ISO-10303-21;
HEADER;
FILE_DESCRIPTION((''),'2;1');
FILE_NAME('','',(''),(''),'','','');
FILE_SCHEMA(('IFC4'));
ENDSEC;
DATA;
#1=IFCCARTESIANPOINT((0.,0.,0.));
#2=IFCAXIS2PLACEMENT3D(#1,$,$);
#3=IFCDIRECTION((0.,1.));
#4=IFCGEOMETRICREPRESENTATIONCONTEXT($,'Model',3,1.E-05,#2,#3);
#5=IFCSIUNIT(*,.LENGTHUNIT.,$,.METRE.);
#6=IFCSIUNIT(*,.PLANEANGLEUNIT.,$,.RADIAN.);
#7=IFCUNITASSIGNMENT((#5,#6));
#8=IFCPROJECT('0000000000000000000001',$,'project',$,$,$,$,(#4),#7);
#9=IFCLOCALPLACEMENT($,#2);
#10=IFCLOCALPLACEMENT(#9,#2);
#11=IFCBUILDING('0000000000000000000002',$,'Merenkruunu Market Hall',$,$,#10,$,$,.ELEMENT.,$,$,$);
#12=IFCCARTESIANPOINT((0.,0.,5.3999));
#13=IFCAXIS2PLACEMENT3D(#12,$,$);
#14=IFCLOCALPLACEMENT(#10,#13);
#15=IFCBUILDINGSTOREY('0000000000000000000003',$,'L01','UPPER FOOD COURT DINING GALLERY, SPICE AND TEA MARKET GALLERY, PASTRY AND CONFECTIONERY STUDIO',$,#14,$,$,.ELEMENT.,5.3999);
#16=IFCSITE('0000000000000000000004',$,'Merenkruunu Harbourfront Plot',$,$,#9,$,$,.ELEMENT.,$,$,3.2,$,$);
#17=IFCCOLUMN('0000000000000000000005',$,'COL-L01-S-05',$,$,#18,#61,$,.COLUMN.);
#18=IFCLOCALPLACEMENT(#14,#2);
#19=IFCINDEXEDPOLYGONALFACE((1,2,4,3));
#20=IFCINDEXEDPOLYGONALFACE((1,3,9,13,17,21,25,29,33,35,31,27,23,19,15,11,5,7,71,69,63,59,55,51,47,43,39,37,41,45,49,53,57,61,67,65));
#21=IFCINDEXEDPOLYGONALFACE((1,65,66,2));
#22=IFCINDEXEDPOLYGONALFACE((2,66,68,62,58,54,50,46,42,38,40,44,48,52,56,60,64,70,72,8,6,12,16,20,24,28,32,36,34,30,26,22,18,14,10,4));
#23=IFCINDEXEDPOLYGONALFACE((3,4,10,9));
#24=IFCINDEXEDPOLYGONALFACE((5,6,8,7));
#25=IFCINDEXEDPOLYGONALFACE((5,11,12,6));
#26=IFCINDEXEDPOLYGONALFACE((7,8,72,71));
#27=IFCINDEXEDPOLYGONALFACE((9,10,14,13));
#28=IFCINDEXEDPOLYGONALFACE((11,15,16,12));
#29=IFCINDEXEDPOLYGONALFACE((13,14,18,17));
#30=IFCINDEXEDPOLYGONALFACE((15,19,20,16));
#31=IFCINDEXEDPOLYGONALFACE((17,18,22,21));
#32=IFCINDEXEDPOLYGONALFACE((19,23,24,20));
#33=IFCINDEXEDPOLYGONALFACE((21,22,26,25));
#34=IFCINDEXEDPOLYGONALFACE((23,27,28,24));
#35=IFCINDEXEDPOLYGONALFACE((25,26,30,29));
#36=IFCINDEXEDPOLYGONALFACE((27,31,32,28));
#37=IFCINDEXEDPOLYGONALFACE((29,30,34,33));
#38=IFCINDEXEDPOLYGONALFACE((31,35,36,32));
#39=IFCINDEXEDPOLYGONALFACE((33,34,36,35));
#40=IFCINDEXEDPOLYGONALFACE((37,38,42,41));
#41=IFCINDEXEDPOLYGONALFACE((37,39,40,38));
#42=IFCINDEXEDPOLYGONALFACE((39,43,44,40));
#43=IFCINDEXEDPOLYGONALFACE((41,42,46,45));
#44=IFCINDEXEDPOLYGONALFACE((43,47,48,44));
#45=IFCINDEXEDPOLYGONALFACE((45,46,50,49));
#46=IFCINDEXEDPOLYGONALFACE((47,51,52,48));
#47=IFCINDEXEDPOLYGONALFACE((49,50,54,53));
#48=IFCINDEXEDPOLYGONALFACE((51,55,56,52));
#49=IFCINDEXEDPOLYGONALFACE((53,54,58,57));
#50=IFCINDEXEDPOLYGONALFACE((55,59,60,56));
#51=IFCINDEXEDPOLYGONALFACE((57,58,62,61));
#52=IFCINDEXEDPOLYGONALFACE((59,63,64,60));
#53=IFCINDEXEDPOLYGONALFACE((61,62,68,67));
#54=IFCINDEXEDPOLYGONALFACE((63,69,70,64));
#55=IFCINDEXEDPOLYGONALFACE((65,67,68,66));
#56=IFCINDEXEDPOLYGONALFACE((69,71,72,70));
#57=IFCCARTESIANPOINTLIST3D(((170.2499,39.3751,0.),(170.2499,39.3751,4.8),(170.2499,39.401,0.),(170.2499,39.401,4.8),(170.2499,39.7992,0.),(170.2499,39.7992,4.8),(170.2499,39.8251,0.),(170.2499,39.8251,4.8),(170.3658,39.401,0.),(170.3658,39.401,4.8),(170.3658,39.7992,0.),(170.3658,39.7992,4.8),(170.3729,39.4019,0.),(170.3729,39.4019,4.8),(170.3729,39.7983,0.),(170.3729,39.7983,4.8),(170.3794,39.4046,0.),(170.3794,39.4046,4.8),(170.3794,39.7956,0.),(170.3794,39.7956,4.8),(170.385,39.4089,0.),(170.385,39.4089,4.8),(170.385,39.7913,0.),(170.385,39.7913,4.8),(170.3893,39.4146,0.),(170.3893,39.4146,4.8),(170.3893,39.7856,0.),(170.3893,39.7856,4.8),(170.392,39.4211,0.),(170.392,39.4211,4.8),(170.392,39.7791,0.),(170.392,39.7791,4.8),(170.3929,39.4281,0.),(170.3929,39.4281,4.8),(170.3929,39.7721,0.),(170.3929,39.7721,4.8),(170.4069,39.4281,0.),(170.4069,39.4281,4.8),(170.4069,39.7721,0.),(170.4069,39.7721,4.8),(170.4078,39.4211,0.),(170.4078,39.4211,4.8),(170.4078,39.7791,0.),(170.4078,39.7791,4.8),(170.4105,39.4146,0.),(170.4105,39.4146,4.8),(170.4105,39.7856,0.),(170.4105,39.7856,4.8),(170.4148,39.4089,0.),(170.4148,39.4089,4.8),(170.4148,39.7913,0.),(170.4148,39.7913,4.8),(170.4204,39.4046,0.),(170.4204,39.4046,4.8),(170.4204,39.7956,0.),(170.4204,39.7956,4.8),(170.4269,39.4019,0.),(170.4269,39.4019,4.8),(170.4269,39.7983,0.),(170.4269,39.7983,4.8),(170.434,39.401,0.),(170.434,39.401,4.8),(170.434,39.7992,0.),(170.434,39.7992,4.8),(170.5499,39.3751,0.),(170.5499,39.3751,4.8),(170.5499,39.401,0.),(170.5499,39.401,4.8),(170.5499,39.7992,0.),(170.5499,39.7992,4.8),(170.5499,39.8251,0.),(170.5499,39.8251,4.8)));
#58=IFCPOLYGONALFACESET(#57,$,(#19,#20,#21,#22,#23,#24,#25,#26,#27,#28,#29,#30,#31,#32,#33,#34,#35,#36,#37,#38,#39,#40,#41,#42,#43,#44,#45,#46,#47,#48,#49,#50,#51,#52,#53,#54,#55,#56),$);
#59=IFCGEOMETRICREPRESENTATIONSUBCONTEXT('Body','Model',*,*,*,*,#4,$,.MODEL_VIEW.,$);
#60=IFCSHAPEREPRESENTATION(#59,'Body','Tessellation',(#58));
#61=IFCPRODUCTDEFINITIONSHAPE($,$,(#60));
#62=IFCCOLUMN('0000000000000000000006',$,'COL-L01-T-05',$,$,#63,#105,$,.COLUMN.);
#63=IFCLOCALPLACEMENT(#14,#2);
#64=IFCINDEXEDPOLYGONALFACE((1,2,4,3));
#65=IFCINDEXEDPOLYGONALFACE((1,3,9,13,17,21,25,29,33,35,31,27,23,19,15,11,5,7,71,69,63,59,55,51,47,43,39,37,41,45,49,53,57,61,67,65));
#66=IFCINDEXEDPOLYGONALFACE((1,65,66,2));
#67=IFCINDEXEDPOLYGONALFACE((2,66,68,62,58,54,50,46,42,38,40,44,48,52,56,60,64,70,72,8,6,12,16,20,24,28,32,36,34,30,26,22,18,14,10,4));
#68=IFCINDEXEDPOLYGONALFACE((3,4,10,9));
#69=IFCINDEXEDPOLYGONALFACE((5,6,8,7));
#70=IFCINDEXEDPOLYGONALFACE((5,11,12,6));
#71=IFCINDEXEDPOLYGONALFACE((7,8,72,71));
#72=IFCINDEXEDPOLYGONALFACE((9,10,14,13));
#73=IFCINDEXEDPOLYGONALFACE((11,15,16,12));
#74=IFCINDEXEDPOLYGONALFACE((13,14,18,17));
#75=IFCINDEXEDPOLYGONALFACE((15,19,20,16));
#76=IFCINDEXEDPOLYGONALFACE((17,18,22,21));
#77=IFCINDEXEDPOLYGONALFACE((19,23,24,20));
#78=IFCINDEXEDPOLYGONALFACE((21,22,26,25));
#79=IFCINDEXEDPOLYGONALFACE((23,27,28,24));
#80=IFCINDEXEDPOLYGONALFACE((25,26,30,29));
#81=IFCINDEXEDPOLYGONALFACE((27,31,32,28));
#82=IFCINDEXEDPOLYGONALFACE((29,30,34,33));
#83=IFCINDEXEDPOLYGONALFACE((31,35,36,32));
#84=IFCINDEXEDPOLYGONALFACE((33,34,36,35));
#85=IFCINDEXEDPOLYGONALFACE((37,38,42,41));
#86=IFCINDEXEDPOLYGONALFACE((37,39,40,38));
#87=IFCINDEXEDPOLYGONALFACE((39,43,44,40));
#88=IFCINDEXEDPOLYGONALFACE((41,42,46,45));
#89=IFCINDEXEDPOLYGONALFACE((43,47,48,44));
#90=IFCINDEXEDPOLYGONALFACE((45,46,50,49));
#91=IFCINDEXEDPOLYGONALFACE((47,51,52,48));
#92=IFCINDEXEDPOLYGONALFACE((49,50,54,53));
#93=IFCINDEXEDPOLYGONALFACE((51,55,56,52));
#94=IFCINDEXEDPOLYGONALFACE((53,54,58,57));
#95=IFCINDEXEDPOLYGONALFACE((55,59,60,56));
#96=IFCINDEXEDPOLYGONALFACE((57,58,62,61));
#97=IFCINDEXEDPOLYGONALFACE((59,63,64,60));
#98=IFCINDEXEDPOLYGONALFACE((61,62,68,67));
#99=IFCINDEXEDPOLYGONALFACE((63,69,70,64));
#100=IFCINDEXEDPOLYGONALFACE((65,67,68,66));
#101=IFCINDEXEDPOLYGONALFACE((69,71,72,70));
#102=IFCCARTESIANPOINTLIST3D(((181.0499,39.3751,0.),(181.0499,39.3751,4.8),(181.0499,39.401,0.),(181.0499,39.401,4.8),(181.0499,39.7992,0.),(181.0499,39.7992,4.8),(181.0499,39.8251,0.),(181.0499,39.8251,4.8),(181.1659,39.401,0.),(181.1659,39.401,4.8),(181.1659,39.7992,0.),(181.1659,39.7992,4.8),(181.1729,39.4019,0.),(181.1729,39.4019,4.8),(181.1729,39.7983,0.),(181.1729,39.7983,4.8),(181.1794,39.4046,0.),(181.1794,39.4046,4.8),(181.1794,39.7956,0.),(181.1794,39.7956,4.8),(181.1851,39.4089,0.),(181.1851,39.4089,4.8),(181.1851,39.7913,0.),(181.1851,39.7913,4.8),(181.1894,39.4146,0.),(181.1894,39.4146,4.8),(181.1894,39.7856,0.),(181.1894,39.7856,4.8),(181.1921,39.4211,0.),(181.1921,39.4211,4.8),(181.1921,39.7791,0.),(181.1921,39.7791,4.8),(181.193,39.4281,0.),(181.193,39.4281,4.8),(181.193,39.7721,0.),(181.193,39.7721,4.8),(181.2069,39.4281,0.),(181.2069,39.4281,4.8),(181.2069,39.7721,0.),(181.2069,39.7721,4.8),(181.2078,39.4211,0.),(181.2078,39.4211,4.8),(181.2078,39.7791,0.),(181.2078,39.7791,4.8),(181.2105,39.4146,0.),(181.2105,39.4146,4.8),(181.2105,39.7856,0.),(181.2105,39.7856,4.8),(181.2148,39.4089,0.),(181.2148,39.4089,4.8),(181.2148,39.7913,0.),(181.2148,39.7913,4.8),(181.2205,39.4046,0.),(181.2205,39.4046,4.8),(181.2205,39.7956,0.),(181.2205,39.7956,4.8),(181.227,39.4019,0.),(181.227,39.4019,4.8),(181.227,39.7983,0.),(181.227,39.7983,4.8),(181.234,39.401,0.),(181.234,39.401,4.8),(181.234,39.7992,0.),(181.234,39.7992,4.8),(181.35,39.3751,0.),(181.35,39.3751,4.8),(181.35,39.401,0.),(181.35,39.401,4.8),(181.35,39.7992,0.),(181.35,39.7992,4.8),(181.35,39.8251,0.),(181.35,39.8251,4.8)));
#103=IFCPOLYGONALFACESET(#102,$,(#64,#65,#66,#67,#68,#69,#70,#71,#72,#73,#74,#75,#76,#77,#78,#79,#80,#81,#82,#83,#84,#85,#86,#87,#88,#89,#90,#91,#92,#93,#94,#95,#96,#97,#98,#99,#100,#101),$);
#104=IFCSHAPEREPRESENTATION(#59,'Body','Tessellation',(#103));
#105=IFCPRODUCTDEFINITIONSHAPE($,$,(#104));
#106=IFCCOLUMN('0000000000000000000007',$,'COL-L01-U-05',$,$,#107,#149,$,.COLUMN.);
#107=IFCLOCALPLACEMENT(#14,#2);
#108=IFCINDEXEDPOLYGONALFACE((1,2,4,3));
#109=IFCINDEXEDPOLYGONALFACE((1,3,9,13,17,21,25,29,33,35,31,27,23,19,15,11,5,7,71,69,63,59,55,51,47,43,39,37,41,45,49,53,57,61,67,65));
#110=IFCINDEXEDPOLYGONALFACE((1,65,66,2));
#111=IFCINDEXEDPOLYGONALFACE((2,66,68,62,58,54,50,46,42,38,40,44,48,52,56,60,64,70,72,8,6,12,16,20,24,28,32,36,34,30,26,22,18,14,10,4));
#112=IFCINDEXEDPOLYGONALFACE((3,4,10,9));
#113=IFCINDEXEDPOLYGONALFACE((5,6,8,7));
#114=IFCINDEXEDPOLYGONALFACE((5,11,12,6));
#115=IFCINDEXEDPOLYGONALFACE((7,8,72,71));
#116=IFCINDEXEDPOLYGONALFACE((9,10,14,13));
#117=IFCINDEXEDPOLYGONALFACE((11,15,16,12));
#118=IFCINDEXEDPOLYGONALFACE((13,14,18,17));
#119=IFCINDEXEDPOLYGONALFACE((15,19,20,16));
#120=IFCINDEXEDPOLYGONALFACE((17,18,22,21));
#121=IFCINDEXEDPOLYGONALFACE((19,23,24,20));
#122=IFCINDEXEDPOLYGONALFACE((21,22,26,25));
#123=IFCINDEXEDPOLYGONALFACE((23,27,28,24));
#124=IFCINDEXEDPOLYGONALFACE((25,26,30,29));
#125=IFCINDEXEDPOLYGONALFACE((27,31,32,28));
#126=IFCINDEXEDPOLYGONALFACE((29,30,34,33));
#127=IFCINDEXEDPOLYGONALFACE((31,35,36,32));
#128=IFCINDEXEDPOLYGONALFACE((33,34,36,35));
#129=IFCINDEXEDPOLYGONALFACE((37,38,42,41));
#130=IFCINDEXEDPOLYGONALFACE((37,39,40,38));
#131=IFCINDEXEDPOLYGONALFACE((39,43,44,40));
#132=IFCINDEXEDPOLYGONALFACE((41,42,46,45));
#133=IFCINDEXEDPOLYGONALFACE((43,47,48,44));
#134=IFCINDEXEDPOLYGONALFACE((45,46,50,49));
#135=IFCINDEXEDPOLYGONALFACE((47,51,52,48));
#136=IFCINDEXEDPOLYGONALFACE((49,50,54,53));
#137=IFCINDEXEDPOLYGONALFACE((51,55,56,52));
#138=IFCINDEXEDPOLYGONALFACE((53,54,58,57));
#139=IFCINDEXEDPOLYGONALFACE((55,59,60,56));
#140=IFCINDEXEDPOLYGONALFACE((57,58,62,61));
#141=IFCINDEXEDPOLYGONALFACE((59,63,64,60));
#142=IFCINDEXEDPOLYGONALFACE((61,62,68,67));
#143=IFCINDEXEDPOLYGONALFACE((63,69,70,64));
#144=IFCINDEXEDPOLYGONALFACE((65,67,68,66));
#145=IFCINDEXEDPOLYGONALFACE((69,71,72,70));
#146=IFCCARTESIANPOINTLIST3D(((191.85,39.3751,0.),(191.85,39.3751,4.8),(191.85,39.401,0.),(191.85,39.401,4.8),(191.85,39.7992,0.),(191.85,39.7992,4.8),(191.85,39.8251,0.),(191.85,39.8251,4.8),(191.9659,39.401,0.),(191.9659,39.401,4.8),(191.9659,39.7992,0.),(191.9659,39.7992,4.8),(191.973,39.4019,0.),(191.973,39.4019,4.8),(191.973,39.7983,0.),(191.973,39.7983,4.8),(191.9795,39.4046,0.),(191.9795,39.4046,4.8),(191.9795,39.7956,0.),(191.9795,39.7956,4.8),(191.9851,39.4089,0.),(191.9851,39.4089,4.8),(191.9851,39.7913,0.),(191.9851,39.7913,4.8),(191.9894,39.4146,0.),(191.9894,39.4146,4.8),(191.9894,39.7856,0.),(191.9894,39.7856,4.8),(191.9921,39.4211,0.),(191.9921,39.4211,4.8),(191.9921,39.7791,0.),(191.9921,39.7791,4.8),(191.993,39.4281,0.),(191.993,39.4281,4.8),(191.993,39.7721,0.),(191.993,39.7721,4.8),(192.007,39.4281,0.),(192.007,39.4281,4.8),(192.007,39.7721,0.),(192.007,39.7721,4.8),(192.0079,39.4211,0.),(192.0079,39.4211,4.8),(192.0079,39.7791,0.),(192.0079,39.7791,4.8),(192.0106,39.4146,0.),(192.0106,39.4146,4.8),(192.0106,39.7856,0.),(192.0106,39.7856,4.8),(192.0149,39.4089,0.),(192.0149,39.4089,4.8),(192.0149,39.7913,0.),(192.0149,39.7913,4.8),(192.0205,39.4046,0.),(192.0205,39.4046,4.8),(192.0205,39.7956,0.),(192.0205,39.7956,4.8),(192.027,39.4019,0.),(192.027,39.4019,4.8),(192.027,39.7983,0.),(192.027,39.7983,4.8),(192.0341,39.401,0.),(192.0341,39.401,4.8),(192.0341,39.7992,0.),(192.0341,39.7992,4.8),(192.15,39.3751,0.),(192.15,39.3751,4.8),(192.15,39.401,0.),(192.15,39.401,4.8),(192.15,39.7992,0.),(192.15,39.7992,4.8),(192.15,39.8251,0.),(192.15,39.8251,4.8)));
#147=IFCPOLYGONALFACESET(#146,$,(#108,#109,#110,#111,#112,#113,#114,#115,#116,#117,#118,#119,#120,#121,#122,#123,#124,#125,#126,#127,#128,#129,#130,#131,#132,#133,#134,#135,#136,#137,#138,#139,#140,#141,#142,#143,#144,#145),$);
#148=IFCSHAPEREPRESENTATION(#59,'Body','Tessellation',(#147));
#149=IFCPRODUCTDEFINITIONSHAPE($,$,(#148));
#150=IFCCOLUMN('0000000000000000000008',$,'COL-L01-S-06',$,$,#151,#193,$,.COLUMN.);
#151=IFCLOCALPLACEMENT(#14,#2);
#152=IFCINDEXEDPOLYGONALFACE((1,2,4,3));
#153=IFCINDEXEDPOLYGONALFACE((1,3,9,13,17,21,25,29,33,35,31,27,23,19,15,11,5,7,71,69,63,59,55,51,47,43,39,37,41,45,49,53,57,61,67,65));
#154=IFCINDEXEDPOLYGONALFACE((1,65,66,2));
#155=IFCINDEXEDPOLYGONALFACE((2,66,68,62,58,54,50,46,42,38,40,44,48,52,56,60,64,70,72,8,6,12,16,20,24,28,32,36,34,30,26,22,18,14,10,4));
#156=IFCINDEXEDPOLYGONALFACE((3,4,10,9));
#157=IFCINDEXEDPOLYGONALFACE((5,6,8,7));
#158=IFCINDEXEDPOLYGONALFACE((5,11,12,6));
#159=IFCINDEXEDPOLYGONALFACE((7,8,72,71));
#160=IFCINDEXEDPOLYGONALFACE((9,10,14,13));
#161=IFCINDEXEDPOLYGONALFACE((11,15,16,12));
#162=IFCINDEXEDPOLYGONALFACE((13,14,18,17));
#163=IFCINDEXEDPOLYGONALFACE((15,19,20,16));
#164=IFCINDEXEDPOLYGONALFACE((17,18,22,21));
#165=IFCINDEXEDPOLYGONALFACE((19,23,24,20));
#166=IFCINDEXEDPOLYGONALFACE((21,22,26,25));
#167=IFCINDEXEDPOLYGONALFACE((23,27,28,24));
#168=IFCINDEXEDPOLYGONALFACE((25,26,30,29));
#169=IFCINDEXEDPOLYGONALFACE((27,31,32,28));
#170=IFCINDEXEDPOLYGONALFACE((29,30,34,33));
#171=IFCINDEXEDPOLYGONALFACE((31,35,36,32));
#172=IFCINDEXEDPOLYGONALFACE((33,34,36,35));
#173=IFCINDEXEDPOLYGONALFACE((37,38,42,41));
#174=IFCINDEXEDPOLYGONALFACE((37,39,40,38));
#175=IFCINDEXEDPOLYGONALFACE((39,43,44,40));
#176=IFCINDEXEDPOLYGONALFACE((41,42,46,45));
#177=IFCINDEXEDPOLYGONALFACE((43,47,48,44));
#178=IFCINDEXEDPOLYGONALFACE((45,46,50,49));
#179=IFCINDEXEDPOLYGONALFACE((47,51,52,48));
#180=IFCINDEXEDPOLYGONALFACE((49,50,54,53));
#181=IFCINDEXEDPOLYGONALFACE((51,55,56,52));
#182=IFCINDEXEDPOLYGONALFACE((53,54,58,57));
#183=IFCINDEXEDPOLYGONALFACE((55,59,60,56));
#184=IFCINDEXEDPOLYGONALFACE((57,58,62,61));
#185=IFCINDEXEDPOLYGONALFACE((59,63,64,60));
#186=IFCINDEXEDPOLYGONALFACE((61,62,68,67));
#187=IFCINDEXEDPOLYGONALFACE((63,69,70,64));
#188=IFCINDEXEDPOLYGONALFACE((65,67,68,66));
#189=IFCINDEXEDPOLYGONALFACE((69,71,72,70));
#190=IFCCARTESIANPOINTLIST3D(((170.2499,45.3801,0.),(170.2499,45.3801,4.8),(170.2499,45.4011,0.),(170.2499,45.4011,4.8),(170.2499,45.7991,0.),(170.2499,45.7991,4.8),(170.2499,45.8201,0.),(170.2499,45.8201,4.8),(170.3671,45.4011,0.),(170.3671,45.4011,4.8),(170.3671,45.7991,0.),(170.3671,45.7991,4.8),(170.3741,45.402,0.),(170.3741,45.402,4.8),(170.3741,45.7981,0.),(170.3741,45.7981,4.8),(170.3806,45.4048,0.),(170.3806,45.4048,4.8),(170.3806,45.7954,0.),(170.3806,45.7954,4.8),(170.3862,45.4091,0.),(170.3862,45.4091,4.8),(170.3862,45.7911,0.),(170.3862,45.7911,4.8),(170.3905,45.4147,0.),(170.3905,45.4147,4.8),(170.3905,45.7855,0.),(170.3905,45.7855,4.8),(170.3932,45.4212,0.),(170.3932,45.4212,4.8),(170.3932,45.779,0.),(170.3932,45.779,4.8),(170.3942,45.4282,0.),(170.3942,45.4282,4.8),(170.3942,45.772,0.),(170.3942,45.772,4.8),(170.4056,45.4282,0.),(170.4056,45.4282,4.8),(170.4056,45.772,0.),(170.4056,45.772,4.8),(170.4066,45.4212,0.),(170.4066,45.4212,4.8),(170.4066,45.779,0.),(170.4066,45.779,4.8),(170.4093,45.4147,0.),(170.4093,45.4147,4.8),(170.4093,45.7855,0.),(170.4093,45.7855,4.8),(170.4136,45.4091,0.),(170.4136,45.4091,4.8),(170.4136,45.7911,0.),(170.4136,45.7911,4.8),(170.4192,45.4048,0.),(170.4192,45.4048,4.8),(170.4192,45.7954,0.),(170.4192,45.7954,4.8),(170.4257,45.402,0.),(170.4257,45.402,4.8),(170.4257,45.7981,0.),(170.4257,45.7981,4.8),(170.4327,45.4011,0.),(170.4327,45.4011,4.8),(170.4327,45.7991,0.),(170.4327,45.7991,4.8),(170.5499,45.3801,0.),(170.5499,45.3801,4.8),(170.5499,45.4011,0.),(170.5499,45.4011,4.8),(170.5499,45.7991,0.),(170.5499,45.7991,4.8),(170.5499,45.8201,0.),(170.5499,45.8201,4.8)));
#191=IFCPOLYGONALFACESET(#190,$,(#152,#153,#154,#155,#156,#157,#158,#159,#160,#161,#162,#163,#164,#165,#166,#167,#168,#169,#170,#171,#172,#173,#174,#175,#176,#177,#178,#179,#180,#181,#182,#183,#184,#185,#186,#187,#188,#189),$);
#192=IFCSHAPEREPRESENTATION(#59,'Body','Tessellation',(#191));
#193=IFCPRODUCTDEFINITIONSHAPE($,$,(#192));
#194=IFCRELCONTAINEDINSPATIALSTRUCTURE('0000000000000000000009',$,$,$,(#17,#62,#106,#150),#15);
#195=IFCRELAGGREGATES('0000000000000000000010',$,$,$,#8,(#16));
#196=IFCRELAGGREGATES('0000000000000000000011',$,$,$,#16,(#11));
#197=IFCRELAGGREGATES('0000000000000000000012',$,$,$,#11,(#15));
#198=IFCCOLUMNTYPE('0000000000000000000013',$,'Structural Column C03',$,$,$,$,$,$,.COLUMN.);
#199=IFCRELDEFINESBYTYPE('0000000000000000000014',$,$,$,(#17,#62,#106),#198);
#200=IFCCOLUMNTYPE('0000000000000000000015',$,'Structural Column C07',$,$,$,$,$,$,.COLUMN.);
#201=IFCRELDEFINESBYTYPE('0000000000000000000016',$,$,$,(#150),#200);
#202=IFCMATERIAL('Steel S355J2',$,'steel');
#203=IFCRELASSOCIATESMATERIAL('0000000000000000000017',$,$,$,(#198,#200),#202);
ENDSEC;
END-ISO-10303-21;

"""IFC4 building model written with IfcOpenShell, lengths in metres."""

from ifc_helpers import new_model, si_unit, direction, frame, origin, origin_2d, place, context, subcontext, project, spatial, i_section, extrude, material, material_profile, profile_set, type_object, element, save


model = new_model("IFC4")

# Units and contexts
model_context = context("Model", 3, precision=1e-05, world=origin(), true_north=direction((0.0, 1.0)))
body_context = subcontext(model_context, "Body", "Model", "MODEL_VIEW")
ifc_project = project(units=[si_unit("LENGTHUNIT", "METRE"), si_unit("PLANEANGLEUNIT", "RADIAN")], contexts=[model_context])

# Site, building, storey
site_placement = place(None, origin())
site = spatial("IfcSite", under=ifc_project, at=site_placement, Name="Merenkruunu Harbourfront Plot", CompositionType="ELEMENT", RefElevation=3.2)
building_placement = place(site_placement, origin())
building = spatial("IfcBuilding", under=site, at=building_placement, Name="Merenkruunu Market Hall", CompositionType="ELEMENT")
storey_placement = place(building_placement, frame((0.0, 0.0, 5.3999)))
storey = spatial("IfcBuildingStorey", under=building, at=storey_placement, Name="L01", Description="UPPER FOOD COURT DINING GALLERY, SPICE AND TEA MARKET GALLERY, PASTRY AND CONFECTIONERY STUDIO", CompositionType="ELEMENT", Elevation=5.3999)

# Columns
ifc_material_1 = material(Name="Steel S355J2", Category="steel")
ifc_material_profile_1 = material_profile(ifc_material_1, i_section(OverallWidth=0.3, OverallDepth=0.45, WebThickness=0.0139, FlangeThickness=0.0259, FilletRadius=0.0271, at=origin_2d()), Name="HEB 450")
ifc_profile_set_1 = profile_set([ifc_material_profile_1], Name="Steel S355J2")
column_type_1 = type_object("IfcColumnType", Name="Structural Column C03", PredefinedType="COLUMN", material=ifc_profile_set_1)
for number, where, z_axis, x_axis, name in (
    (1, (170.3999, 39.6001, 0.0), (0.0, 0.0, 1.0), (1.0, 0.0, 0.0), "COL-L01-S-05"),
    (2, (181.2, 39.6001, 0.0), (0.0, 0.0, 1.0), (1.0, 0.0, 0.0), "COL-L01-T-05"),
    (3, (192.0, 39.6001, 0.0), (0.0, 0.0, 1.0), (1.0, 0.0, 0.0), "COL-L01-U-05"),
):
    element("IfcColumn", number, at=place(storey_placement, frame(where, z_axis=z_axis, x_axis=x_axis)), inside=storey, type_object=column_type_1, Name=name, PredefinedType="COLUMN", context=body_context, shape_type="SweptSolid", body=[
        extrude(i_section(OverallWidth=0.3, OverallDepth=0.45, WebThickness=0.0139, FlangeThickness=0.0259, FilletRadius=0.0271, at=origin_2d()), origin(), (0.0, 0.0, 1.0), 4.8),
    ])
ifc_material_profile_2 = material_profile(ifc_material_1, i_section(OverallWidth=0.3, OverallDepth=0.4399, WebThickness=0.0115, FlangeThickness=0.021, FilletRadius=0.0271, at=origin_2d()), Name="HEA 450")
ifc_profile_set_2 = profile_set([ifc_material_profile_2], Name="Steel S355J2")
column_type_2 = type_object("IfcColumnType", Name="Structural Column C07", PredefinedType="COLUMN", material=ifc_profile_set_2)
for number, where, z_axis, x_axis, name in (
    (4, (170.3999, 45.6001, 0.0), (0.0, 0.0, 1.0), (1.0, 0.0, 0.0), "COL-L01-S-06"),
):
    element("IfcColumn", number, at=place(storey_placement, frame(where, z_axis=z_axis, x_axis=x_axis)), inside=storey, type_object=column_type_2, Name=name, PredefinedType="COLUMN", context=body_context, shape_type="SweptSolid", body=[
        extrude(i_section(OverallWidth=0.3, OverallDepth=0.4399, WebThickness=0.0115, FlangeThickness=0.021, FilletRadius=0.0271, at=origin_2d()), origin(), (0.0, 0.0, 1.0), 4.8),
    ])

save(model, "model.ifc")
